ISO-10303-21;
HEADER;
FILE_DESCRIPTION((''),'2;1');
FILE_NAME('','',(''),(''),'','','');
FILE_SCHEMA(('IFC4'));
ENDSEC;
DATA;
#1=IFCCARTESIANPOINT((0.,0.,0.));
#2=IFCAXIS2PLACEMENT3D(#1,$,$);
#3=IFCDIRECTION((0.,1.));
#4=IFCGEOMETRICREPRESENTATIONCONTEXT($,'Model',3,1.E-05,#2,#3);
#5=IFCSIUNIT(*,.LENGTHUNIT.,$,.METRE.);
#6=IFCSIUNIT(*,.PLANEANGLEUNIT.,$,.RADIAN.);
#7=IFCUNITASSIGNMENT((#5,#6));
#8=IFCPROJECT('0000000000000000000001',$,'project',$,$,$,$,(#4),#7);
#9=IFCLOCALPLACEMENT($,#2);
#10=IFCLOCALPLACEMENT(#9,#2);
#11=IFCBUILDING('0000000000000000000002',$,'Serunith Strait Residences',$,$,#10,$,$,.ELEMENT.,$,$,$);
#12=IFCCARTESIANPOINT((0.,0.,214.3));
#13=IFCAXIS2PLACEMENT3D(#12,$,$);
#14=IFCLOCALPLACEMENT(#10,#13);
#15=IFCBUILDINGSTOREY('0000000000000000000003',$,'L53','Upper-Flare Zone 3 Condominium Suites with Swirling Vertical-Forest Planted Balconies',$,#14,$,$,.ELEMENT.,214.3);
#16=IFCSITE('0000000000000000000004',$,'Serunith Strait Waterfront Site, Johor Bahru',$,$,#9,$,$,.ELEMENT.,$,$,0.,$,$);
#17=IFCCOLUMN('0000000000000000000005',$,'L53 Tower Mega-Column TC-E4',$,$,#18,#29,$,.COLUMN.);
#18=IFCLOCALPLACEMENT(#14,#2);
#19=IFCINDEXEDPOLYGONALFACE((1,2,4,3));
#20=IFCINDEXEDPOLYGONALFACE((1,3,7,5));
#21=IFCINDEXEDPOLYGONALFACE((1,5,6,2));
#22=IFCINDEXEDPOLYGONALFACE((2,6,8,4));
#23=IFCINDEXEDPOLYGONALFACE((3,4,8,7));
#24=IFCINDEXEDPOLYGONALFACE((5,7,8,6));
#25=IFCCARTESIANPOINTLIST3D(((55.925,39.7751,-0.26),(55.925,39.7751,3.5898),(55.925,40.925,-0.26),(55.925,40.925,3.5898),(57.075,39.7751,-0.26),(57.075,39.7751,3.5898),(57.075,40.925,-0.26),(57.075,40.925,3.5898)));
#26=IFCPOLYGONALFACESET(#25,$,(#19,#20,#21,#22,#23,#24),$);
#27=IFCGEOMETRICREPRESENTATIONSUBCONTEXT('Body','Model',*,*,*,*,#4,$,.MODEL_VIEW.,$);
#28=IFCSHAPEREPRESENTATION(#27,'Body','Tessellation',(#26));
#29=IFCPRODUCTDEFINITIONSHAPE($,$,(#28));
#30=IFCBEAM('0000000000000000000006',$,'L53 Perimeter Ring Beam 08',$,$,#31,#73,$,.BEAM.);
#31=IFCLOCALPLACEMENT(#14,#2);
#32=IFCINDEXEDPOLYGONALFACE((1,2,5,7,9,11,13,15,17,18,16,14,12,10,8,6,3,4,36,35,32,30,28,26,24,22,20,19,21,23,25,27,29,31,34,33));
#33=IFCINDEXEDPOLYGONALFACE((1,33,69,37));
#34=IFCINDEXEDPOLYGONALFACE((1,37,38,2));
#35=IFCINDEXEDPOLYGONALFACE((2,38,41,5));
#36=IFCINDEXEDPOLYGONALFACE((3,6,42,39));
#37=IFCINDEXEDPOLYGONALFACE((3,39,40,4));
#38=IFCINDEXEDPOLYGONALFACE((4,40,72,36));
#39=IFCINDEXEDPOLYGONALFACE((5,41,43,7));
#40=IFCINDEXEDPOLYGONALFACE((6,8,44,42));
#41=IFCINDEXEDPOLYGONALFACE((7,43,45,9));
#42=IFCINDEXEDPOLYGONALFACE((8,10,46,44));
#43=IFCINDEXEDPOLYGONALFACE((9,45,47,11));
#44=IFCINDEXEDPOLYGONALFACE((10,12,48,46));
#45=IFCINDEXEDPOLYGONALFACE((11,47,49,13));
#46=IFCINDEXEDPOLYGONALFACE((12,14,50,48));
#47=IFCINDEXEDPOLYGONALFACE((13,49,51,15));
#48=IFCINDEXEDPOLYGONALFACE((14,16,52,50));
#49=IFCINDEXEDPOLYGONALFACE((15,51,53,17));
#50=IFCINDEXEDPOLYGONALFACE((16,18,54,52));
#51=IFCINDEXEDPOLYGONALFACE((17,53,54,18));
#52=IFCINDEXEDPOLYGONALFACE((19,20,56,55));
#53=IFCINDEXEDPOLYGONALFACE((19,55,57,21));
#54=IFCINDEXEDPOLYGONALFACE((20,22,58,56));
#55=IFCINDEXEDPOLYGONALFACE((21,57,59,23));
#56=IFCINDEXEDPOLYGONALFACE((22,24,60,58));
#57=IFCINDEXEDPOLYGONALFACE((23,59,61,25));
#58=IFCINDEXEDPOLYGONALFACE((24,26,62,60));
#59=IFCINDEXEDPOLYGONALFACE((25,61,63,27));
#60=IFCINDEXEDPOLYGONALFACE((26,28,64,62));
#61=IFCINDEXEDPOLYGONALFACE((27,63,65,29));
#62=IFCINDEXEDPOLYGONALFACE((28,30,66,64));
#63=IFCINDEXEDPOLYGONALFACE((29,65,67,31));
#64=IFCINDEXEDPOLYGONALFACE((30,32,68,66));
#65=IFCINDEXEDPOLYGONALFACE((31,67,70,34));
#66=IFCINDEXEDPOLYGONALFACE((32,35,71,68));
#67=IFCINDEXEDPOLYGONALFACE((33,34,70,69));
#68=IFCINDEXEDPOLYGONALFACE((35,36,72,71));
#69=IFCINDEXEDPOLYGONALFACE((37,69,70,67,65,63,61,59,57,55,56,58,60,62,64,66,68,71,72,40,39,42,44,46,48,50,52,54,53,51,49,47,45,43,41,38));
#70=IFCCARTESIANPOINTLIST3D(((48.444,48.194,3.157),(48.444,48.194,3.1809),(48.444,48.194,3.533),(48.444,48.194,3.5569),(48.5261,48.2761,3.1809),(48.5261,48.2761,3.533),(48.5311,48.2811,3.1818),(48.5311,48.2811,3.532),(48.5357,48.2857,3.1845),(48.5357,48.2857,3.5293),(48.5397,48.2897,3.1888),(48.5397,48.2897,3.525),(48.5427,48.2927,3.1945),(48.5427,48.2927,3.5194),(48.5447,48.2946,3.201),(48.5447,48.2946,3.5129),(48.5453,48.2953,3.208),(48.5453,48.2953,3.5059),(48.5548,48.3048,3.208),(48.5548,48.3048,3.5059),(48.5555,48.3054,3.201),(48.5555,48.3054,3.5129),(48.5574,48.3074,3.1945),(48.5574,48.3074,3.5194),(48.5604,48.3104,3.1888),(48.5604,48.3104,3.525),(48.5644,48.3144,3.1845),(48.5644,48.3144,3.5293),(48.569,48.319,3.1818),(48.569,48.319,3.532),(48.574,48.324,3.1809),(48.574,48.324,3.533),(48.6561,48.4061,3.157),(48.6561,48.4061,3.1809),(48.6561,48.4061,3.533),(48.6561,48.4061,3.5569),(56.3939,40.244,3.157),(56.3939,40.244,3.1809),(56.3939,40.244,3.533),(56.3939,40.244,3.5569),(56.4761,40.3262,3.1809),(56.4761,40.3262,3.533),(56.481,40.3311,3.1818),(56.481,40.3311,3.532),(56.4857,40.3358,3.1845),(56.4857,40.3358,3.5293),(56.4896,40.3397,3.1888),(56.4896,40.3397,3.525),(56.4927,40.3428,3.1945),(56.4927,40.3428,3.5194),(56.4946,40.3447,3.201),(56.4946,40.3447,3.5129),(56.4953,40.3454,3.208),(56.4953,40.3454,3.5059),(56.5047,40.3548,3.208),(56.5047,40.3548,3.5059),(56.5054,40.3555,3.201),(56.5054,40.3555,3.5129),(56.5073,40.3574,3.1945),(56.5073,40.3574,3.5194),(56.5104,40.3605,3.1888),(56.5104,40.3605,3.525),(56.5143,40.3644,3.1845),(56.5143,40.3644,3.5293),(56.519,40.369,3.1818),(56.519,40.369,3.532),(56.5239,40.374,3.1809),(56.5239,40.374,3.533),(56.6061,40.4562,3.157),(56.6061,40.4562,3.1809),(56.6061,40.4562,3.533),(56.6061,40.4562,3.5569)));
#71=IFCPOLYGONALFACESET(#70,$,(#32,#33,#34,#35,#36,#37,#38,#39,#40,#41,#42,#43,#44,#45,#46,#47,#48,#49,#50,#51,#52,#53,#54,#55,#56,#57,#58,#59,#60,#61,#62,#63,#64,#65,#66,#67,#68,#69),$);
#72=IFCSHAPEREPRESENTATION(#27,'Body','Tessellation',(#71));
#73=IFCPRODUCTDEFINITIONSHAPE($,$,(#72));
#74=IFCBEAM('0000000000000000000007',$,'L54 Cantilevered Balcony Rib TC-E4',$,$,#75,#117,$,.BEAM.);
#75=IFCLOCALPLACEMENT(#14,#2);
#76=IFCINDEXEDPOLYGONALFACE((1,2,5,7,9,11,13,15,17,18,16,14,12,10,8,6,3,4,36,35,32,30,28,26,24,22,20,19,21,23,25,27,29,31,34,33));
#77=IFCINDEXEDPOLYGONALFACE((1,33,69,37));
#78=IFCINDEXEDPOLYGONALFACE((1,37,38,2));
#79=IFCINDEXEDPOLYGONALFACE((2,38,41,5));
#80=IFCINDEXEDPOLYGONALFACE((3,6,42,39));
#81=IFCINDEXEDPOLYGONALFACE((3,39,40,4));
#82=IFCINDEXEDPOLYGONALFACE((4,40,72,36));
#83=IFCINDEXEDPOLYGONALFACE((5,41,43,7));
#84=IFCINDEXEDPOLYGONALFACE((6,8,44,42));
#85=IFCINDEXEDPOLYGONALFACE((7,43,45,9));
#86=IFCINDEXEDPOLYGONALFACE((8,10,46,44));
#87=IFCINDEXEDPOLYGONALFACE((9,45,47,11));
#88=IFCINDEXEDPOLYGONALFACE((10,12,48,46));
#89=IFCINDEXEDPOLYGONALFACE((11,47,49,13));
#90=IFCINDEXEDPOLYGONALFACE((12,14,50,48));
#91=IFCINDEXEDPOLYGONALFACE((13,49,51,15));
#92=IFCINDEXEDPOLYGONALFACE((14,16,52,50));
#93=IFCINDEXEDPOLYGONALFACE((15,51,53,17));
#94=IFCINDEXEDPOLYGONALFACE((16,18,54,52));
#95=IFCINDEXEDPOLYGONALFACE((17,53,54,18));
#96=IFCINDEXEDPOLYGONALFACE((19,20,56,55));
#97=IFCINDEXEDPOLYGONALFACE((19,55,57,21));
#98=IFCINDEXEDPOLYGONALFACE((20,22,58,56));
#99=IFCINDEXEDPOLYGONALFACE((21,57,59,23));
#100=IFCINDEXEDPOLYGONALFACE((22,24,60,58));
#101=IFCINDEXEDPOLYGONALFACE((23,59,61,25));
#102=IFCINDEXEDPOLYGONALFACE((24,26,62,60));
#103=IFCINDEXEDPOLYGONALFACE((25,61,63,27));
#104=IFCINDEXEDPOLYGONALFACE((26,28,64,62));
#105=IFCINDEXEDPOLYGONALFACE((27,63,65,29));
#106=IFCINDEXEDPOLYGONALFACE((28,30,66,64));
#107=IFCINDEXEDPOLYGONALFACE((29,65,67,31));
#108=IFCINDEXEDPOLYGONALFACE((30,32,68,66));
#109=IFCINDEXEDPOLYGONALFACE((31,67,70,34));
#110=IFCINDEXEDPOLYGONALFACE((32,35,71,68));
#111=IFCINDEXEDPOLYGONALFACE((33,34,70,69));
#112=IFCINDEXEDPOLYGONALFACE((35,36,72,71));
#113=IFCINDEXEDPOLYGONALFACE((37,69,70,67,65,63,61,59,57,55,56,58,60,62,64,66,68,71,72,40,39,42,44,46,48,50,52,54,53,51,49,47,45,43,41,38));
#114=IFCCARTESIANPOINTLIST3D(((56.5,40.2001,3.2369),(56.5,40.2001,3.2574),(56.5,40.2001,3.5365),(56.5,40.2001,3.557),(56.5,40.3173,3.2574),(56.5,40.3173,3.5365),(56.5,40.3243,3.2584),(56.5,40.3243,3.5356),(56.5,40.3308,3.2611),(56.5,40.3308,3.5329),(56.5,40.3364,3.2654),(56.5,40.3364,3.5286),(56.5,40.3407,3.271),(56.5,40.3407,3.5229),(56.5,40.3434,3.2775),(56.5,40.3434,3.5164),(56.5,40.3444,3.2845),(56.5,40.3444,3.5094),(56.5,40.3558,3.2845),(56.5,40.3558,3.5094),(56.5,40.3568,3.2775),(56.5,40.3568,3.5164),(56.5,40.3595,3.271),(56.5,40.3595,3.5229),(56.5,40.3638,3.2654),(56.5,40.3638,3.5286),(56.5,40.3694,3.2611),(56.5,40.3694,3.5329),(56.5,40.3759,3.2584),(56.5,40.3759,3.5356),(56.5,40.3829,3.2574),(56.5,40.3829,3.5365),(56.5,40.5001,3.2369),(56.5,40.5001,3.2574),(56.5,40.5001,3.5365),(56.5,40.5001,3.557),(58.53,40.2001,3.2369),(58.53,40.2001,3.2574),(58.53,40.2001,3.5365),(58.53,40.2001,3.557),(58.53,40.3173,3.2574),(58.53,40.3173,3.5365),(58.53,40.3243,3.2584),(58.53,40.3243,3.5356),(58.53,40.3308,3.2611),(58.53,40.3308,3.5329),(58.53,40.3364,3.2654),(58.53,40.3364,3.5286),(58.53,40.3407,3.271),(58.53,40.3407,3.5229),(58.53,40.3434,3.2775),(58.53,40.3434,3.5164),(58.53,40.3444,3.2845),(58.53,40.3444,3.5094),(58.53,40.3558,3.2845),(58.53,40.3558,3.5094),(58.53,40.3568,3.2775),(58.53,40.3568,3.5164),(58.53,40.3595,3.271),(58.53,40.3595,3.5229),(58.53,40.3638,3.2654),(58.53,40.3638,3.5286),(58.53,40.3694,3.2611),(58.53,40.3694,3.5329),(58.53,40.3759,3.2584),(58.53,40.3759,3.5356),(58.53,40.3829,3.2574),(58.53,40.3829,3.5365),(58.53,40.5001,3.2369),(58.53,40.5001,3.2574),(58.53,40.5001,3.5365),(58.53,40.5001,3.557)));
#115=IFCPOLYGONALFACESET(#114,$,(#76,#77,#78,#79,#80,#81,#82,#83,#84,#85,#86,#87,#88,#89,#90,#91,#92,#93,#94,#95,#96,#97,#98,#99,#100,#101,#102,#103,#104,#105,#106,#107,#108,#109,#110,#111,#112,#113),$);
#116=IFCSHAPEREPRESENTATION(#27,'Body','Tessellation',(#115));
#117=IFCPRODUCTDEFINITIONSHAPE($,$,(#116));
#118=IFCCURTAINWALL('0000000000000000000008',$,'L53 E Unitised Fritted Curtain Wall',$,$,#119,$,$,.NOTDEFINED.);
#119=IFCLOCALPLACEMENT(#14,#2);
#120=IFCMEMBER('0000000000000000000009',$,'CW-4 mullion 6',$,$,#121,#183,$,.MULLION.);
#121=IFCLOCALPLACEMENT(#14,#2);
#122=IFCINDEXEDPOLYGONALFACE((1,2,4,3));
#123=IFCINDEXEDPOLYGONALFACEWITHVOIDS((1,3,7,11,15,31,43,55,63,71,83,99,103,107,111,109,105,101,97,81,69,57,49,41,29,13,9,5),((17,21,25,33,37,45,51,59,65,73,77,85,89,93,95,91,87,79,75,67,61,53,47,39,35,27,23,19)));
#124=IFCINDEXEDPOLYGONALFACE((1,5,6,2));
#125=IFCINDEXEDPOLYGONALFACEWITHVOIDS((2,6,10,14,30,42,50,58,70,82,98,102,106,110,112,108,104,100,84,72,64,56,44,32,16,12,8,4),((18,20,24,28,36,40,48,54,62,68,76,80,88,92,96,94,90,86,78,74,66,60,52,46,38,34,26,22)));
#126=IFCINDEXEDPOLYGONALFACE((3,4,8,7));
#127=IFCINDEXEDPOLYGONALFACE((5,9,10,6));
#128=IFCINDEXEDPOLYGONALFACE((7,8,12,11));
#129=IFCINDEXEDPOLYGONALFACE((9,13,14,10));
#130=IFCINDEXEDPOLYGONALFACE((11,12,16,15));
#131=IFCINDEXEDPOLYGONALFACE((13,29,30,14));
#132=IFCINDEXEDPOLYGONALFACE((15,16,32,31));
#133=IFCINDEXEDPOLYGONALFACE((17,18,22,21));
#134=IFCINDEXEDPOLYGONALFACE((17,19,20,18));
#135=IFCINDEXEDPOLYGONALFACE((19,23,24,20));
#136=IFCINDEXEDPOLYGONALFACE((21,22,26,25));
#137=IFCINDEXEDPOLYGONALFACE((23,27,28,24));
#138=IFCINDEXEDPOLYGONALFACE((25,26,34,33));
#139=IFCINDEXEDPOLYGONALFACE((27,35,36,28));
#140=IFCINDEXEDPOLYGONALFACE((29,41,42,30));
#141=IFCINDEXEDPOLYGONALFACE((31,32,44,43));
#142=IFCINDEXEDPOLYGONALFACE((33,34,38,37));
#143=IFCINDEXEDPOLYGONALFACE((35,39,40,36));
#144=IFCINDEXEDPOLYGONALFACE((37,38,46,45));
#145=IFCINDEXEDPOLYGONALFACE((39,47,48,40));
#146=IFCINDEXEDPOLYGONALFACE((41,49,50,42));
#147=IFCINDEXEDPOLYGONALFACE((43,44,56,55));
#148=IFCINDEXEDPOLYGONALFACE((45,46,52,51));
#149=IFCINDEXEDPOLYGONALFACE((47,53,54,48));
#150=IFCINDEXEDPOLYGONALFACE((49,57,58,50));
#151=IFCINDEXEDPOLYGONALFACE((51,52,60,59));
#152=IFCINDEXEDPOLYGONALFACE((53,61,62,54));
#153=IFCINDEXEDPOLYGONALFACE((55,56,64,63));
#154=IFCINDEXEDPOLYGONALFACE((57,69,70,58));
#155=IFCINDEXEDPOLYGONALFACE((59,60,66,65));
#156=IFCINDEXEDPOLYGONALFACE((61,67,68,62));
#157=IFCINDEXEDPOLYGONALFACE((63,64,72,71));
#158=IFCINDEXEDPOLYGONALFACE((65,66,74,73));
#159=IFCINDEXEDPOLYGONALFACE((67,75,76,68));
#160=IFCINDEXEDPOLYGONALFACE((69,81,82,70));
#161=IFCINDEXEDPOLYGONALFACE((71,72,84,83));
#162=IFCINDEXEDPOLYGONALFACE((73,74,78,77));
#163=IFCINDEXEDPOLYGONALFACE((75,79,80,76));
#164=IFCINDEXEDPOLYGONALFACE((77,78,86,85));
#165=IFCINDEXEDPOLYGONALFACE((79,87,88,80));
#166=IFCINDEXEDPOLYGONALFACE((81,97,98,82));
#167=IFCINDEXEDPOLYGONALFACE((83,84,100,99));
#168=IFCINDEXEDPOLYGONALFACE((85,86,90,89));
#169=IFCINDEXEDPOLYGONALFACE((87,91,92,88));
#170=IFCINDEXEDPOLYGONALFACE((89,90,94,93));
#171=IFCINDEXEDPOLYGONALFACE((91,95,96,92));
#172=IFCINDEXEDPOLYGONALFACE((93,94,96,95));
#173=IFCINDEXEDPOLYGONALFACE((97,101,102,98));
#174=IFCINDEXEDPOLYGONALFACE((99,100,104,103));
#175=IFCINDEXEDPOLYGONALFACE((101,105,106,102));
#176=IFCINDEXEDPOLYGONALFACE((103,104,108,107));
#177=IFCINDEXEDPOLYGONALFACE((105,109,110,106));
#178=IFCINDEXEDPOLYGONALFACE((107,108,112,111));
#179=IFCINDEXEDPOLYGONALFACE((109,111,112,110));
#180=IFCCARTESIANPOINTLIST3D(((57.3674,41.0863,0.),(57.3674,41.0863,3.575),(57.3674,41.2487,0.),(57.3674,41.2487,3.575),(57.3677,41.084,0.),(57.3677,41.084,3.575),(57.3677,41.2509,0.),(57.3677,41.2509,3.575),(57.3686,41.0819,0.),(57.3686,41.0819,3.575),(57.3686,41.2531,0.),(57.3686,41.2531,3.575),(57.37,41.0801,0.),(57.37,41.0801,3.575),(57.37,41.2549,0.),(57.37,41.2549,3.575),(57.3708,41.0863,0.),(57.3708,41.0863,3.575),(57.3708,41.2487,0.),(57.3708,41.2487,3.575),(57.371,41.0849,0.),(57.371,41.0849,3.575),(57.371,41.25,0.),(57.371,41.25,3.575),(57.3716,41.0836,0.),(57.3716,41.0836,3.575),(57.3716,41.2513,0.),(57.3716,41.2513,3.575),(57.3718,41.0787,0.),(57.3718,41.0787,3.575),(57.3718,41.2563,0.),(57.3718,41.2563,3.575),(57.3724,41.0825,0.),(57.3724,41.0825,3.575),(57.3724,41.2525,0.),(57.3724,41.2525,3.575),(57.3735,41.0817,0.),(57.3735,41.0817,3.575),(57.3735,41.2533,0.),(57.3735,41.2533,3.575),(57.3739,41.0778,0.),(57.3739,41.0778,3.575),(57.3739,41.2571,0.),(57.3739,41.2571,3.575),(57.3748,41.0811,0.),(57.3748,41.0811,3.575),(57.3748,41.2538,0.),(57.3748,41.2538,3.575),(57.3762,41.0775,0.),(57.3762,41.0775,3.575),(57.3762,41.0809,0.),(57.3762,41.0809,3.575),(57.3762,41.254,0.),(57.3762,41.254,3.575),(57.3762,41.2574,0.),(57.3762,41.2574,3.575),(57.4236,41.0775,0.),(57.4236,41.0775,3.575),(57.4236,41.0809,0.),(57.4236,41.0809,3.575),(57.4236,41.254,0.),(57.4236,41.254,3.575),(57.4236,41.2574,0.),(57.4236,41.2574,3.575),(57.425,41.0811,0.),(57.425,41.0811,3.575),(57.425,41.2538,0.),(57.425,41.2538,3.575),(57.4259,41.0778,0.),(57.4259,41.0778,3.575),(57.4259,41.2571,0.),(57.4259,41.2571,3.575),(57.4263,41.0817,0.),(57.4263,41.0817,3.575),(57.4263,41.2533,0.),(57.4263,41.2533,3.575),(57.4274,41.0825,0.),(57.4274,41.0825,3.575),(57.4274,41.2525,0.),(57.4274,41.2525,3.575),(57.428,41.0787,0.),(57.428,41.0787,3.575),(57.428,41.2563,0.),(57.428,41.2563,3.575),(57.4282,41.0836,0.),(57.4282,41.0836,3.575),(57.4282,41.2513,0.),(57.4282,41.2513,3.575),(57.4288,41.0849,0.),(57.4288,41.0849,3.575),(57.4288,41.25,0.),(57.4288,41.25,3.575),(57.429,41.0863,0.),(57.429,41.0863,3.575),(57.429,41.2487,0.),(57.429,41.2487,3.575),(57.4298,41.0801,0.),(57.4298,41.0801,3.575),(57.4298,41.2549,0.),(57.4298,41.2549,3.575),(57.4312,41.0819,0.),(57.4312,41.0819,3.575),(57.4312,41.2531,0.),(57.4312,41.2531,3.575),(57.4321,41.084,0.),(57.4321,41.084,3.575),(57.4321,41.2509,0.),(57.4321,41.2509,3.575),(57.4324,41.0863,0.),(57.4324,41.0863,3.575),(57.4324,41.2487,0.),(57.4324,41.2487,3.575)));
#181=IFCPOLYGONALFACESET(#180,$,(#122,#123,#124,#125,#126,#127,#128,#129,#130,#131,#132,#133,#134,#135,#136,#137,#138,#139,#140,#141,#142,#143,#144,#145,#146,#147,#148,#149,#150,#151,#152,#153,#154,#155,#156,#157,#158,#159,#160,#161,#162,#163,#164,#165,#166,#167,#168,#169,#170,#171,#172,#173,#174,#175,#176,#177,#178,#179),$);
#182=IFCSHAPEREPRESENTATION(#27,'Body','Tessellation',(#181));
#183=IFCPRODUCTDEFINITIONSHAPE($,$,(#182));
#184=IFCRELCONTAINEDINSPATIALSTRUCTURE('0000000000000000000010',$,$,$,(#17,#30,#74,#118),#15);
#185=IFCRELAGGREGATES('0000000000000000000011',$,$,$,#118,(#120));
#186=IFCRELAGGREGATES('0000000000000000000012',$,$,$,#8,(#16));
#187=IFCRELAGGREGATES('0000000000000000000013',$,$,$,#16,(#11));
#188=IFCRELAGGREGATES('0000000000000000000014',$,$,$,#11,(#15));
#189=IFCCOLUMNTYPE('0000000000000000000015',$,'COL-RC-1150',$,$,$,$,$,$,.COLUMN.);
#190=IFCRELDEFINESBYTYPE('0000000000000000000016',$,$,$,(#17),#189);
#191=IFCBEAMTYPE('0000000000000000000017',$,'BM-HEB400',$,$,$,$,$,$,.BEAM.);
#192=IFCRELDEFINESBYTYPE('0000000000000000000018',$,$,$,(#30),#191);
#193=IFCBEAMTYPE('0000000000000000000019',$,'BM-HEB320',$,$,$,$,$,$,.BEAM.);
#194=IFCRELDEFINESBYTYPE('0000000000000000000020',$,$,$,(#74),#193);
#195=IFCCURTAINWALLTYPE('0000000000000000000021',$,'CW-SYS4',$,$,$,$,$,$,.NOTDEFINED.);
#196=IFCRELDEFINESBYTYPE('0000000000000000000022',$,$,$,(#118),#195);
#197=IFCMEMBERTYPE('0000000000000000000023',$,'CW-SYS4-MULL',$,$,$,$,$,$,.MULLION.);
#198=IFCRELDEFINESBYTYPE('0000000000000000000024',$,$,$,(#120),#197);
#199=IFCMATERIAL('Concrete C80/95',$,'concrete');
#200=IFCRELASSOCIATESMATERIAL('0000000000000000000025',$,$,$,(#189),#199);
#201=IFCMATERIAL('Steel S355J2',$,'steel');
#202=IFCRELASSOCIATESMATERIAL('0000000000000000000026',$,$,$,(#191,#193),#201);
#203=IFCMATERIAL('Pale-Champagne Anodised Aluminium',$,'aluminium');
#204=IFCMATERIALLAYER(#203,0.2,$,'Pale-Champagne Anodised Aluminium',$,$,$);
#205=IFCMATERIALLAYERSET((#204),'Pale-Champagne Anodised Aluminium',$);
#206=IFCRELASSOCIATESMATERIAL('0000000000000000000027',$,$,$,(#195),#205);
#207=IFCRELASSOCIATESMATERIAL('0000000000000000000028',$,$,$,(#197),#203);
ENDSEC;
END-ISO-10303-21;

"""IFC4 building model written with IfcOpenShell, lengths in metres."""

from ifc_helpers import new_model, si_unit, direction, frame, origin, origin_2d, place, context, subcontext, project, spatial, rectangle, hollow_rectangle, i_section, extrude, source, transform, mapped, material, layer, layer_set, material_profile, profile_set, type_object, element, aggregate, save


model = new_model("IFC4")

# Units and contexts
model_context = context("Model", 3, precision=1e-05, world=origin(), true_north=direction((0.0, 1.0)))
body_context = subcontext(model_context, "Body", "Model", "MODEL_VIEW")
ifc_project = project(units=[si_unit("LENGTHUNIT", "METRE"), si_unit("PLANEANGLEUNIT", "RADIAN")], contexts=[model_context])

# Site, building, storey
site_placement = place(None, origin())
site = spatial("IfcSite", under=ifc_project, at=site_placement, Name="Serunith Strait Waterfront Site, Johor Bahru", CompositionType="ELEMENT", RefElevation=0.0)
building_placement = place(site_placement, origin())
building = spatial("IfcBuilding", under=site, at=building_placement, Name="Serunith Strait Residences", CompositionType="ELEMENT")
storey_placement = place(building_placement, frame((0.0, 0.0, 214.3)))
storey = spatial("IfcBuildingStorey", under=building, at=storey_placement, Name="L53", Description="Upper-Flare Zone 3 Condominium Suites with Swirling Vertical-Forest Planted Balconies", CompositionType="ELEMENT", Elevation=214.3)

# Column
ifc_material_1 = material(Name="Concrete C80/95", Category="concrete")
ifc_material_profile_1 = material_profile(ifc_material_1, rectangle(XDim=1.1499, YDim=1.1499, at=origin_2d()), Name="RC 1150x1150")
ifc_profile_set_1 = profile_set([ifc_material_profile_1], Name="Concrete C80/95")
column_type = type_object("IfcColumnType", Name="COL-RC-1150", PredefinedType="COLUMN", material=ifc_profile_set_1)
shared_shape_1 = source(origin(), body_context, "Body", "SweptSolid", [
    extrude(rectangle(XDim=1.1499, YDim=1.1499, at=origin_2d()), origin(), (0.0, 0.0, 1.0), 3.8499),
])
column_placement = place(storey_placement, frame((56.5, 40.3501, -0.26), z_axis=(0.0, 0.0, 1.0), x_axis=(1.0, 0.0, 0.0)))
element("IfcColumn", 1, at=column_placement, inside=storey, type_object=column_type, Name="L53 Tower Mega-Column TC-E4", PredefinedType="COLUMN", context=body_context, shape_type="MappedRepresentation", body=[
    mapped(shared_shape_1, transform((0.0, 0.0, 0.0), scale=1.0)),
])

# Beams
ifc_material_2 = material(Name="Steel S355J2", Category="steel")
ifc_material_profile_2 = material_profile(ifc_material_2, i_section(OverallWidth=0.3, OverallDepth=0.3999, WebThickness=0.0134, FlangeThickness=0.0239, FilletRadius=0.0271, at=origin_2d()), Name="HEB 400")
ifc_profile_set_2 = profile_set([ifc_material_profile_2], Name="Steel S355J2")
beam_type_1 = type_object("IfcBeamType", Name="BM-HEB400", PredefinedType="BEAM", material=ifc_profile_set_2)
shared_shape_2 = source(origin(), body_context, "Body", "SweptSolid", [
    extrude(i_section(OverallWidth=0.3, OverallDepth=0.3999, WebThickness=0.0134, FlangeThickness=0.0239, FilletRadius=0.0271, at=origin_2d()), origin(), (0.0, 0.0, 1.0), 11.2429),
])
beam_1_placement = place(storey_placement, frame((56.5, 40.3501, 3.3569), z_axis=(-0.707107, 0.707107, 0.0), x_axis=(-0.707107, -0.707107, 0.0)))
element("IfcBeam", 2, at=beam_1_placement, inside=storey, type_object=beam_type_1, Name="L53 Perimeter Ring Beam 08", PredefinedType="BEAM", context=body_context, shape_type="MappedRepresentation", body=[
    mapped(shared_shape_2, transform((0.0, 0.0, 0.0), scale=1.0)),
])
ifc_material_profile_3 = material_profile(ifc_material_2, i_section(OverallWidth=0.3, OverallDepth=0.3201, WebThickness=0.0115, FlangeThickness=0.0205, FilletRadius=0.0271, at=origin_2d()), Name="HEB 320")
ifc_profile_set_3 = profile_set([ifc_material_profile_3], Name="Steel S355J2")
beam_type_2 = type_object("IfcBeamType", Name="BM-HEB320", PredefinedType="BEAM", material=ifc_profile_set_3)
shared_shape_3 = source(origin(), body_context, "Body", "SweptSolid", [
    extrude(i_section(OverallWidth=0.3, OverallDepth=0.3201, WebThickness=0.0115, FlangeThickness=0.0205, FilletRadius=0.0271, at=origin_2d()), origin(), (0.0, 0.0, 1.0), 2.03),
])
beam_2_placement = place(storey_placement, frame((56.5, 40.3501, 3.397), z_axis=(1.0, 0.0, 0.0), x_axis=(0.0, 1.0, 0.0)))
element("IfcBeam", 3, at=beam_2_placement, inside=storey, type_object=beam_type_2, Name="L54 Cantilevered Balcony Rib TC-E4", PredefinedType="BEAM", context=body_context, shape_type="MappedRepresentation", body=[
    mapped(shared_shape_3, transform((0.0, 0.0, 0.0), scale=1.0)),
])

# Curtain wall, member
ifc_material_3 = material(Name="Pale-Champagne Anodised Aluminium", Category="aluminium")
ifc_layer_1 = layer(ifc_material_3, 0.2, Name="Pale-Champagne Anodised Aluminium")
ifc_layer_set_1 = layer_set([ifc_layer_1], Name="Pale-Champagne Anodised Aluminium")
curtain_wall_type = type_object("IfcCurtainWallType", Name="CW-SYS4", PredefinedType="NOTDEFINED", material=ifc_layer_set_1)
curtain_wall_1_placement = place(storey_placement, origin())
curtain_wall_1 = element("IfcCurtainWall", 4, at=curtain_wall_1_placement, inside=storey, type_object=curtain_wall_type, Name="L53 E Unitised Fritted Curtain Wall", PredefinedType="NOTDEFINED")
ifc_material_profile_4 = material_profile(ifc_material_3, hollow_rectangle(XDim=0.0649, YDim=0.1799, WallThickness=0.0034, InnerFilletRadius=0.0054, OuterFilletRadius=0.0088, at=origin_2d()), Name="ALU 180x65x3.5")
ifc_profile_set_4 = profile_set([ifc_material_profile_4], Name="Pale-Champagne Anodised Aluminium")
member_type_1 = type_object("IfcMemberType", Name="CW-SYS4-MULL", PredefinedType="MULLION", material=ifc_profile_set_4)
shared_shape_4 = source(origin(), body_context, "Body", "SweptSolid", [
    extrude(hollow_rectangle(XDim=0.0649, YDim=0.1799, WallThickness=0.0034, InnerFilletRadius=0.0054, OuterFilletRadius=0.0088, at=origin_2d()), origin(), (0.0, 0.0, 1.0), 3.575),
])
member_1_placement = place(storey_placement, frame((57.3999, 41.1675, 0.0), z_axis=(0.0, 0.0, 1.0), x_axis=(-1.0, 0.0, 0.0)))
member_1 = element("IfcMember", 5, at=member_1_placement, type_object=member_type_1, Name="CW-4 mullion 6", PredefinedType="MULLION", context=body_context, shape_type="MappedRepresentation", body=[
    mapped(shared_shape_4, transform((0.0, 0.0, 0.0), scale=1.0)),
])

aggregate(curtain_wall_1, [member_1])

save(model, "model.ifc")
